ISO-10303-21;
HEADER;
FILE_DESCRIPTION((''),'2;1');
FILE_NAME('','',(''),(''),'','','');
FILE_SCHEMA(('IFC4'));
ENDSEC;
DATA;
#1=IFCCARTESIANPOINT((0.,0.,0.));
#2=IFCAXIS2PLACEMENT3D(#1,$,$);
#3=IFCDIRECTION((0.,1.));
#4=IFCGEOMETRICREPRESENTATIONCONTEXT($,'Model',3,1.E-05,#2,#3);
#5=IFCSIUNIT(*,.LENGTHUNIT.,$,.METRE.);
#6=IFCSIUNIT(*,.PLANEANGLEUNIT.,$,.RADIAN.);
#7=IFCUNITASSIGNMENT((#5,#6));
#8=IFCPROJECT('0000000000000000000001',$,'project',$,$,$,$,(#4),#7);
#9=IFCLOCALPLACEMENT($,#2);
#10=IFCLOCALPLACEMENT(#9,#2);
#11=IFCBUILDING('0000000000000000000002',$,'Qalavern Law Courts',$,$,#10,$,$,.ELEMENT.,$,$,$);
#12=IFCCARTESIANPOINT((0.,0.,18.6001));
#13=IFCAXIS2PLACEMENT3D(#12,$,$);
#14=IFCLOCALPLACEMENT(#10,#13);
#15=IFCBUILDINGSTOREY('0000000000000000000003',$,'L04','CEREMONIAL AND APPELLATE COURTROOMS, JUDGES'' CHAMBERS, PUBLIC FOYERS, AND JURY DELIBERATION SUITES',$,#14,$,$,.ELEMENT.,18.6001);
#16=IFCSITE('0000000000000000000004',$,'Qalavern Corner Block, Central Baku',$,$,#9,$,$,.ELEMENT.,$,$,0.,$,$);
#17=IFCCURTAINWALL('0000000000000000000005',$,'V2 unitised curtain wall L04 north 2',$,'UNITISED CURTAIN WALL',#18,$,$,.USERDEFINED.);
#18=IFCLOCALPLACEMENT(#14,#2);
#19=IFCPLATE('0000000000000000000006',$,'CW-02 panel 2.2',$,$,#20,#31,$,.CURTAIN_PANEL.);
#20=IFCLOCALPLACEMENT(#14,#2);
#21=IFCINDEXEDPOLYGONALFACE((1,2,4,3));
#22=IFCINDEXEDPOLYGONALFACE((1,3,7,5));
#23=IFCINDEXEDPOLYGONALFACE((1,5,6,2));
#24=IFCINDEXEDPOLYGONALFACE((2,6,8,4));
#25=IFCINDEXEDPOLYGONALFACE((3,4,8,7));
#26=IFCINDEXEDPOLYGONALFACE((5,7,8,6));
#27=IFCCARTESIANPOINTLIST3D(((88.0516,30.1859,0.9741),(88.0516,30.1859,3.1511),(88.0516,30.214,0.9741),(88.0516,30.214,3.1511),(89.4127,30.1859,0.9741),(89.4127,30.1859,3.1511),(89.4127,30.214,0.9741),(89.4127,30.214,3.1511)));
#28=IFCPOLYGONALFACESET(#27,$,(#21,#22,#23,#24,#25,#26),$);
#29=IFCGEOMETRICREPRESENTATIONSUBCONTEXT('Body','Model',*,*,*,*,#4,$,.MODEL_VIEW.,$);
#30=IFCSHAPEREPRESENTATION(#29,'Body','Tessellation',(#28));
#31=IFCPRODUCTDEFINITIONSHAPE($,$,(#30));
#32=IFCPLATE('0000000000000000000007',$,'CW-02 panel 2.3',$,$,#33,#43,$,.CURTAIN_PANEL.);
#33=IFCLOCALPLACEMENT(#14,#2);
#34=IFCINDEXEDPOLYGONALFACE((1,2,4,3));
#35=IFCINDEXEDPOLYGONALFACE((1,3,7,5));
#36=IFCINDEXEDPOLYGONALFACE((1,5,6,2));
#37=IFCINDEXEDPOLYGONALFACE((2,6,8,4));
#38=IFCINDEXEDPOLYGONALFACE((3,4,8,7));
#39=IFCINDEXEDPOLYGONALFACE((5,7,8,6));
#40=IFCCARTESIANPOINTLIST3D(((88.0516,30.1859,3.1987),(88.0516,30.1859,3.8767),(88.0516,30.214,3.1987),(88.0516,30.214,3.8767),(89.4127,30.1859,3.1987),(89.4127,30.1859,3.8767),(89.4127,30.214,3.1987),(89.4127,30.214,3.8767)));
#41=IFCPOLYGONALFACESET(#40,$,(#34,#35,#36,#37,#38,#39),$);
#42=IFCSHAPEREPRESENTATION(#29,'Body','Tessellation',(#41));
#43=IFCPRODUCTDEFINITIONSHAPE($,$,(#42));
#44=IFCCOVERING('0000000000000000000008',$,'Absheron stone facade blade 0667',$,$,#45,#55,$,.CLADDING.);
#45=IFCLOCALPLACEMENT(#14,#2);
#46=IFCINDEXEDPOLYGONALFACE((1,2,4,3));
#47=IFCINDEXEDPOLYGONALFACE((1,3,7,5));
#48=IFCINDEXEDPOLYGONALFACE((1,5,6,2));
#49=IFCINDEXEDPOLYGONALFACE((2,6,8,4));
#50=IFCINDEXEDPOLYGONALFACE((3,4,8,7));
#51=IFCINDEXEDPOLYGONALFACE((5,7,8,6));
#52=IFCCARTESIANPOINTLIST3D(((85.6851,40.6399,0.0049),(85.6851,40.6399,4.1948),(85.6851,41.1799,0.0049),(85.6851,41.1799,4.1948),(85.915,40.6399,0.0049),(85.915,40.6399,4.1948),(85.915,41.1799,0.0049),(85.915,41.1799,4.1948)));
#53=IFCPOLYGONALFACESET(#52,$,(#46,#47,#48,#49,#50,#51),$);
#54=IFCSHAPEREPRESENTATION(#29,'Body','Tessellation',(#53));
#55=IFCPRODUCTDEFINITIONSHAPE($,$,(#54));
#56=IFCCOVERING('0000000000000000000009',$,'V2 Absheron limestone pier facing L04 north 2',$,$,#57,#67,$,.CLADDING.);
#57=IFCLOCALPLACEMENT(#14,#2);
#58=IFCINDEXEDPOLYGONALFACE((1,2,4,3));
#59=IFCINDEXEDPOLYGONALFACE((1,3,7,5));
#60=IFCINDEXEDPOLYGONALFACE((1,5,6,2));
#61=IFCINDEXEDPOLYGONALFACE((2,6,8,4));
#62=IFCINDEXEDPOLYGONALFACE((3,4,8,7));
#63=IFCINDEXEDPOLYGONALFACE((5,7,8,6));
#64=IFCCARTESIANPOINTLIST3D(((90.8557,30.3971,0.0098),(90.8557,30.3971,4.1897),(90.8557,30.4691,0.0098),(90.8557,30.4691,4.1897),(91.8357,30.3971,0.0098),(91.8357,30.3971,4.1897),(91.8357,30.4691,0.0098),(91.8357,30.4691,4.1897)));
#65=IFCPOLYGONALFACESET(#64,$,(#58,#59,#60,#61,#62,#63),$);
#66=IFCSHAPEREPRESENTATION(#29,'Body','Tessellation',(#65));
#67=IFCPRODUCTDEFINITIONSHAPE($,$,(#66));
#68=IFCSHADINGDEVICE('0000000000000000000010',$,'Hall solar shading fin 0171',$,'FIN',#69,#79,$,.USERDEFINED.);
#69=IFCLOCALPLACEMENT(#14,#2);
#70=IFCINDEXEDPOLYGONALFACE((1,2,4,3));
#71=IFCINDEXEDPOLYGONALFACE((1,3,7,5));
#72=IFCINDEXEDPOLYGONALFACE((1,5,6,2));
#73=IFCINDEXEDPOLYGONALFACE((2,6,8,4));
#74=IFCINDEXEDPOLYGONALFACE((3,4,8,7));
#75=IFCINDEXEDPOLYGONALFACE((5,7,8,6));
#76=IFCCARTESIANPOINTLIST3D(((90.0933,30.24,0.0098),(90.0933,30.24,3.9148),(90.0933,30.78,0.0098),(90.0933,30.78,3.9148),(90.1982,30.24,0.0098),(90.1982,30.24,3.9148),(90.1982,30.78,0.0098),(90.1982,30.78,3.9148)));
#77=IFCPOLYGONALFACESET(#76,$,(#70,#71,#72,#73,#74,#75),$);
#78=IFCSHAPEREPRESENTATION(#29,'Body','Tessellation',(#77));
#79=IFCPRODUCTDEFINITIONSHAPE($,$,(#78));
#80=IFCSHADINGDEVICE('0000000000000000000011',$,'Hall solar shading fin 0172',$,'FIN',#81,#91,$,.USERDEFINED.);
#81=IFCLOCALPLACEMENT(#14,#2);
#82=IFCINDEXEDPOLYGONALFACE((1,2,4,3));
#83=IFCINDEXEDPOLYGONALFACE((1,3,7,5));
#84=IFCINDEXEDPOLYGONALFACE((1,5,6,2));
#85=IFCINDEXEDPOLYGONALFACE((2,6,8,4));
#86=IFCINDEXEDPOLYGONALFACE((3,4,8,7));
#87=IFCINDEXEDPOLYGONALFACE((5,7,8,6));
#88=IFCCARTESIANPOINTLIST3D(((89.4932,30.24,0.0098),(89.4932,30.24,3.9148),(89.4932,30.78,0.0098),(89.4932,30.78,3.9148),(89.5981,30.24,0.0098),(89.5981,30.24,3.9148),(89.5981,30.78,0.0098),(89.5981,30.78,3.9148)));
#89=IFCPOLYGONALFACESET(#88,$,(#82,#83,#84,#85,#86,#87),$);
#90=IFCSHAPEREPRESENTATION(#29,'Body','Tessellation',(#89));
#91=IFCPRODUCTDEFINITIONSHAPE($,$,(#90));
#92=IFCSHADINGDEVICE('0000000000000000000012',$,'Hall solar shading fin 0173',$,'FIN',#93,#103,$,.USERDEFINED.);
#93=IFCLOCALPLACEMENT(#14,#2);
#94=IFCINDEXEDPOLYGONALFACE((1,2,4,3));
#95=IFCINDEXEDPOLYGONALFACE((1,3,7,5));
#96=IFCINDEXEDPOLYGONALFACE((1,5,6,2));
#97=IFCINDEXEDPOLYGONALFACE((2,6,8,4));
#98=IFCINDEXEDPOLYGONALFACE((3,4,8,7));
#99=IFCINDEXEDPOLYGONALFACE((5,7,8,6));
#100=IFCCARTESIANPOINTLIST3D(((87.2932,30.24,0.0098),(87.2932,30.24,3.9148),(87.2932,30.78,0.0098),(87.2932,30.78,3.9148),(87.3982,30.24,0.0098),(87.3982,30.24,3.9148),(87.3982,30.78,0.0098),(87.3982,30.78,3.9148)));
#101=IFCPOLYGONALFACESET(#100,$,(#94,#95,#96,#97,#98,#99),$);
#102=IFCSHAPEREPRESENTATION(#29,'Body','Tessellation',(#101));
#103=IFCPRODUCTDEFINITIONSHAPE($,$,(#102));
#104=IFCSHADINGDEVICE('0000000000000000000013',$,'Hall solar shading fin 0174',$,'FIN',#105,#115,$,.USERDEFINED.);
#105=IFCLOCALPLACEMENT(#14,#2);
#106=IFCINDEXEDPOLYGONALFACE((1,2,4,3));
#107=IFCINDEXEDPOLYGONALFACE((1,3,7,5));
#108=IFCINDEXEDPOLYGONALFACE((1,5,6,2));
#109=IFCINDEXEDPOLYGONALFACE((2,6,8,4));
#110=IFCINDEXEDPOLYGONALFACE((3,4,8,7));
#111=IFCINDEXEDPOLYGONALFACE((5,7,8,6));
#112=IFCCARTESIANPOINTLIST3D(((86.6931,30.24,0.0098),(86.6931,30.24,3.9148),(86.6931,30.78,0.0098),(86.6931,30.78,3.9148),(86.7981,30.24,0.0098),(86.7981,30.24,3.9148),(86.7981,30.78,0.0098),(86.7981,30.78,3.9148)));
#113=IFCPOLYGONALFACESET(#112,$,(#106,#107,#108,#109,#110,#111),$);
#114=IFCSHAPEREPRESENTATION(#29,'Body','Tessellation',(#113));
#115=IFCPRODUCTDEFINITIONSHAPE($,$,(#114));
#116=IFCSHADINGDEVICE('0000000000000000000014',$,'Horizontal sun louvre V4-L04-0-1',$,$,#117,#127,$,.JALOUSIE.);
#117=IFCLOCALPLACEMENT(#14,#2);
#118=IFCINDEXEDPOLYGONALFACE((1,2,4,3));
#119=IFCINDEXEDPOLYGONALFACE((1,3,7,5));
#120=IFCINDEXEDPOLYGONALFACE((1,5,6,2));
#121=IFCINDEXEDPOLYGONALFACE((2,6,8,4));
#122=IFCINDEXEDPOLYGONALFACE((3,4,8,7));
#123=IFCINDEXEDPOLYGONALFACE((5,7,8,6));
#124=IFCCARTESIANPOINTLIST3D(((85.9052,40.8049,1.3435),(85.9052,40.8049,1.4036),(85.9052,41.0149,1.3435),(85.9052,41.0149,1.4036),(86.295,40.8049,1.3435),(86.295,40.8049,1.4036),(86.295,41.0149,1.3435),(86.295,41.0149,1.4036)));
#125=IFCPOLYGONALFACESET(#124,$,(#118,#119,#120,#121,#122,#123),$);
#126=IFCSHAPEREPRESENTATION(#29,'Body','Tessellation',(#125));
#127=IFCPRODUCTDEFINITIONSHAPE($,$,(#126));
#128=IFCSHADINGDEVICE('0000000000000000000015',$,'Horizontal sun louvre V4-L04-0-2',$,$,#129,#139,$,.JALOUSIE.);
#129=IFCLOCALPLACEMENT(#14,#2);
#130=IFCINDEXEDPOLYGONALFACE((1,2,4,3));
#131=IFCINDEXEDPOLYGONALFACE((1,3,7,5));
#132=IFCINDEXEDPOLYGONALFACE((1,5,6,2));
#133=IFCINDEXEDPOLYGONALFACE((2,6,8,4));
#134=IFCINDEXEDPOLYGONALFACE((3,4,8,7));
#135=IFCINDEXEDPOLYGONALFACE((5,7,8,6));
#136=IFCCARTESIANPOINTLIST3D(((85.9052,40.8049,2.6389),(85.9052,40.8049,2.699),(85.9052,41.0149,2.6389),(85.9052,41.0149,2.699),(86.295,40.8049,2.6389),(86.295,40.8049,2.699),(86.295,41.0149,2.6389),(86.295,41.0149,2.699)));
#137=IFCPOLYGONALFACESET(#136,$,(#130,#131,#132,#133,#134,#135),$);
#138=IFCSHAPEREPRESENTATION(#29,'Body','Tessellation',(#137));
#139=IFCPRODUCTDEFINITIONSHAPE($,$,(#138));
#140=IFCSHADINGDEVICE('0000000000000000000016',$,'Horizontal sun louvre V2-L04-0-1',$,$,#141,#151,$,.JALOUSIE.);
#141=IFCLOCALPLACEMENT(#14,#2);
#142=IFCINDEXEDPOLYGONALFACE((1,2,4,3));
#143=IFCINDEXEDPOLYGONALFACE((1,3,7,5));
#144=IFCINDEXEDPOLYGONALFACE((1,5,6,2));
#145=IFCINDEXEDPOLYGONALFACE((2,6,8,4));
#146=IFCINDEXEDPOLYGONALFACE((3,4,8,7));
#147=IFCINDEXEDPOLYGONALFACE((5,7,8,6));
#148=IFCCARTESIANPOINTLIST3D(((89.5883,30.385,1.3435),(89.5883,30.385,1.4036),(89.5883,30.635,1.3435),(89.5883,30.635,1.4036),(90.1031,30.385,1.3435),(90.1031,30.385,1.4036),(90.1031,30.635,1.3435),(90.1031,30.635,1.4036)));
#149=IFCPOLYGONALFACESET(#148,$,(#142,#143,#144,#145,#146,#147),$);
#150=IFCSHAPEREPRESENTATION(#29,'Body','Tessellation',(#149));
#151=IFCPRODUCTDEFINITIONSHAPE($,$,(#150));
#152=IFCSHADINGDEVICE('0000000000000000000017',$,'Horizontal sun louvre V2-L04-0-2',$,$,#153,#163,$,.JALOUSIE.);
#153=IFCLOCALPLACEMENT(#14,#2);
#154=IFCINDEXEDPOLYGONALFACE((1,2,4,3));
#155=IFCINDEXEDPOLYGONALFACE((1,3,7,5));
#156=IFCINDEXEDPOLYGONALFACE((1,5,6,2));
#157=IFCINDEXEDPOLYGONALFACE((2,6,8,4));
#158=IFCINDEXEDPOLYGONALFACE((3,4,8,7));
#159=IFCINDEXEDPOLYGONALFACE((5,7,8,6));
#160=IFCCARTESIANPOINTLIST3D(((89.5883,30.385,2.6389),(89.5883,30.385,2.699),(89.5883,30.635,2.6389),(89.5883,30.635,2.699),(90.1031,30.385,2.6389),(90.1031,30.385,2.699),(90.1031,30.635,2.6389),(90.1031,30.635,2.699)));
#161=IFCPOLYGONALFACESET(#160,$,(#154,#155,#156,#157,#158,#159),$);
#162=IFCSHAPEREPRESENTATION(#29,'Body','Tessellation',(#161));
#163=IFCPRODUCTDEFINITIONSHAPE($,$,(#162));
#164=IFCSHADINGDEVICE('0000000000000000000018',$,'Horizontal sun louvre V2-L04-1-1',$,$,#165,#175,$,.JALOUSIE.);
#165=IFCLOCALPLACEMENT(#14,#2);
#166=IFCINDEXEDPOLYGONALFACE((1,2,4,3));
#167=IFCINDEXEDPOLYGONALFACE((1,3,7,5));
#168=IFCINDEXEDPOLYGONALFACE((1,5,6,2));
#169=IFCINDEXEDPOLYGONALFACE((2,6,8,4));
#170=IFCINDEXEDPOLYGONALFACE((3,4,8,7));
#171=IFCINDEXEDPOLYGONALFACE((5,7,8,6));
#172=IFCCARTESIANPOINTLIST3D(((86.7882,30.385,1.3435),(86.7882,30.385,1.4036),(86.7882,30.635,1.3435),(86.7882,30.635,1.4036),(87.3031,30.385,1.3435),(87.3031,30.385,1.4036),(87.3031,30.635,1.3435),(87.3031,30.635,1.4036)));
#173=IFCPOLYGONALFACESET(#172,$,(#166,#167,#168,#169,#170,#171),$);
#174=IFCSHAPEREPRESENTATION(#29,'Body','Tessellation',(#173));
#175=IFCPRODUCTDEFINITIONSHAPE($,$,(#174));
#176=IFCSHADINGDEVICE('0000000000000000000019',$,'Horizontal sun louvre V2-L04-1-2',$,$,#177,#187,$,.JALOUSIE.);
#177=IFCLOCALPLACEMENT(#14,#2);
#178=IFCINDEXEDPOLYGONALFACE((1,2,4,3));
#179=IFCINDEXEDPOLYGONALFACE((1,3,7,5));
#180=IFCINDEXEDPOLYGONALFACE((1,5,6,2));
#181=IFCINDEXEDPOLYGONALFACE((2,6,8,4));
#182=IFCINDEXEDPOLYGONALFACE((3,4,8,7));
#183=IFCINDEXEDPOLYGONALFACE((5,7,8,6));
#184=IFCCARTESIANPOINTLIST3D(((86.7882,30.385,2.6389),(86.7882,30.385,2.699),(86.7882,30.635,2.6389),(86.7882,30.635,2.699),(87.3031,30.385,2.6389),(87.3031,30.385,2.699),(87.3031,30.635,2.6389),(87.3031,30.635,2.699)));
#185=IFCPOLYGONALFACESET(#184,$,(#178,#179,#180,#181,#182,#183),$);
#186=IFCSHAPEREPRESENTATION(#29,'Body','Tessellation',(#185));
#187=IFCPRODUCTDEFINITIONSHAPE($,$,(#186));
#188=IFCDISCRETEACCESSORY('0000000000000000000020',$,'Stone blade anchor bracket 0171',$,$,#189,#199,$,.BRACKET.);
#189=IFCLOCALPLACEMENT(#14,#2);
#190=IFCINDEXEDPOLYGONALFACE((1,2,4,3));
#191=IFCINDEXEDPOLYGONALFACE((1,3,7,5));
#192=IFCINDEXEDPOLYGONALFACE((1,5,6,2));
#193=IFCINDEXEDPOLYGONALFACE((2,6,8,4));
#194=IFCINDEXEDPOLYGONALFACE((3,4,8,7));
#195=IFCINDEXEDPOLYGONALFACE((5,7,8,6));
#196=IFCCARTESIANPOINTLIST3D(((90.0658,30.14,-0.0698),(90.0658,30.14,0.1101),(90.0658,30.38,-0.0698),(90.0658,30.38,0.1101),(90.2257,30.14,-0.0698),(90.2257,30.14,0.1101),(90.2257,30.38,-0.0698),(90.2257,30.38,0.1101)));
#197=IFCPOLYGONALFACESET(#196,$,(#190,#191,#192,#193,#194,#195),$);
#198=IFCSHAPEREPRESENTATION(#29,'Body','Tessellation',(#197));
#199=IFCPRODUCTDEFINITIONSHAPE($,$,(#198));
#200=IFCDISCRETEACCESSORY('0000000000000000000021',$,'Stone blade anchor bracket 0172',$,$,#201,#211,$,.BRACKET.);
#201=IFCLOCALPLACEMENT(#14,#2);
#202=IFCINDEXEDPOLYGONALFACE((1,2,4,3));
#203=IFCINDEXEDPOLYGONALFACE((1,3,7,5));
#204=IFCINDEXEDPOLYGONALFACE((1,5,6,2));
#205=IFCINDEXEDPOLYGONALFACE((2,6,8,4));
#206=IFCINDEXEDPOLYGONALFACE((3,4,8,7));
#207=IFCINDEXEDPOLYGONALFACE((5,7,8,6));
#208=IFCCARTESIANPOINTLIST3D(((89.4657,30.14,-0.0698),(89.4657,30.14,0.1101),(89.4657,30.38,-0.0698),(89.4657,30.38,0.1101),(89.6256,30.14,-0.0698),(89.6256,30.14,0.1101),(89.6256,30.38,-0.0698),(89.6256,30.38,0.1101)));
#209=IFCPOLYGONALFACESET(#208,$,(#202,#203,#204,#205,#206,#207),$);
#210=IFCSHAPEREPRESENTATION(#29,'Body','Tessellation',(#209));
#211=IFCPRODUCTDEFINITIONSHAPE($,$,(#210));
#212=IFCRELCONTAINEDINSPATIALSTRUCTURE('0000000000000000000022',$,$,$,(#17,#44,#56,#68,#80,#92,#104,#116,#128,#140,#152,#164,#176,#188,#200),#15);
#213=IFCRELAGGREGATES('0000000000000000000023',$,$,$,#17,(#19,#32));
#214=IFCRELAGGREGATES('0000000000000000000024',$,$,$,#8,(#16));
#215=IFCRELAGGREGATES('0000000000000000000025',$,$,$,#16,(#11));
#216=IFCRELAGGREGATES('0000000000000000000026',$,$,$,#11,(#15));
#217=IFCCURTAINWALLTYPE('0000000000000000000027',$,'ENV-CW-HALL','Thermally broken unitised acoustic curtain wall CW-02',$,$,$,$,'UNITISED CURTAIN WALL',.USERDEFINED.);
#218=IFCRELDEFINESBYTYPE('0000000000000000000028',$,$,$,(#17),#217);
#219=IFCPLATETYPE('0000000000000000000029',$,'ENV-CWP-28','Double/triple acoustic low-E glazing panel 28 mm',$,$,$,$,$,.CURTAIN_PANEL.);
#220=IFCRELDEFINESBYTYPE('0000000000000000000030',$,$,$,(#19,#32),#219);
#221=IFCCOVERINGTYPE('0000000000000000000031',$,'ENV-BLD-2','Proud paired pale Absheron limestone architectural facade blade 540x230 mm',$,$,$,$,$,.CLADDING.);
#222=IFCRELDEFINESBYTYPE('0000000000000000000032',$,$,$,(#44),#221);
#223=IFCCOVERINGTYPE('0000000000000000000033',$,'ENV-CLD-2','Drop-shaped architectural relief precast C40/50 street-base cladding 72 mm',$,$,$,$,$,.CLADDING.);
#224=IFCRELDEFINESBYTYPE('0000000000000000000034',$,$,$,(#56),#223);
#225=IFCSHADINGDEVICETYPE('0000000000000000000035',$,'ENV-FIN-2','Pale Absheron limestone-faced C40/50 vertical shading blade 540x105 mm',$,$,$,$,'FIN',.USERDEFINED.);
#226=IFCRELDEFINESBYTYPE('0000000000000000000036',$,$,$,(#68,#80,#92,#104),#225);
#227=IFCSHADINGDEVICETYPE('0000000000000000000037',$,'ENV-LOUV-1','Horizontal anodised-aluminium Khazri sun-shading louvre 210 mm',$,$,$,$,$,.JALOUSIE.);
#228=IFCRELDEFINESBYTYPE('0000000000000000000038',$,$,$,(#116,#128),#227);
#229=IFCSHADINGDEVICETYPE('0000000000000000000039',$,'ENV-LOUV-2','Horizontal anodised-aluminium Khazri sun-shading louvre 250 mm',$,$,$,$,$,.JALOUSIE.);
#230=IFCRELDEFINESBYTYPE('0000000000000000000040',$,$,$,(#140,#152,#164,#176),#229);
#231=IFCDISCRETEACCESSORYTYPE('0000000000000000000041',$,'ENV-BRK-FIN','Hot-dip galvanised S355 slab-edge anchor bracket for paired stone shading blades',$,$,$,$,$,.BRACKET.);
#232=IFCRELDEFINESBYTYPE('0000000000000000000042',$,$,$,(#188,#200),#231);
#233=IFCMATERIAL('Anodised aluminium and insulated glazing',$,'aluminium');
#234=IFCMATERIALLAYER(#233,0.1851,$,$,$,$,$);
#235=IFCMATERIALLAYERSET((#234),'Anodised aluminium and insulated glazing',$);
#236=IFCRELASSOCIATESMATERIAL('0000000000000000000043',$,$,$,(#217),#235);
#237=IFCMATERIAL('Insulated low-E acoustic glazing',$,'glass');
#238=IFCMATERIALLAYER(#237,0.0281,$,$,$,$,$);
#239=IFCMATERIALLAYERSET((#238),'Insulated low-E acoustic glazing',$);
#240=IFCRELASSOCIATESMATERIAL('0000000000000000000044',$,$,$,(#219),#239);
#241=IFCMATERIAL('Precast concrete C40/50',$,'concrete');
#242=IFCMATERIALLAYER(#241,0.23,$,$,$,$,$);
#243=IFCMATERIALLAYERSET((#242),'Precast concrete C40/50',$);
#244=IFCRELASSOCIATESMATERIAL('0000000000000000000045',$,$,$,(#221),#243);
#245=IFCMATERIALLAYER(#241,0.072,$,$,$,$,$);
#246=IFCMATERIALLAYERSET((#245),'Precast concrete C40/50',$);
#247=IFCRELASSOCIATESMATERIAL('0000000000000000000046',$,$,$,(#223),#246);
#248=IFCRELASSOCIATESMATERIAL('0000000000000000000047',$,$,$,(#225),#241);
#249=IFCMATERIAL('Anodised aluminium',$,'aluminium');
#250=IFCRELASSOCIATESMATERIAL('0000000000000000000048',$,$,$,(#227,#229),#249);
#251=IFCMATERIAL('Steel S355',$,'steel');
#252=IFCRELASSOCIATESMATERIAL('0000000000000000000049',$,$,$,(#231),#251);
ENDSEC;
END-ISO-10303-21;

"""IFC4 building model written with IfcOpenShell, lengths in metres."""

from ifc_helpers import new_model, si_unit, direction, frame, origin, origin_2d, place, context, subcontext, project, spatial, rectangle, extrude, material, layer, layer_set, type_object, element, aggregate, save


model = new_model("IFC4")

# Units and contexts
model_context = context("Model", 3, precision=1e-05, world=origin(), true_north=direction((0.0, 1.0)))
body_context = subcontext(model_context, "Body", "Model", "MODEL_VIEW")
ifc_project = project(units=[si_unit("LENGTHUNIT", "METRE"), si_unit("PLANEANGLEUNIT", "RADIAN")], contexts=[model_context])

# Site, building, storey
site_placement = place(None, origin())
site = spatial("IfcSite", under=ifc_project, at=site_placement, Name="Qalavern Corner Block, Central Baku", CompositionType="ELEMENT", RefElevation=0.0)
building_placement = place(site_placement, origin())
building = spatial("IfcBuilding", under=site, at=building_placement, Name="Qalavern Law Courts", CompositionType="ELEMENT")
storey_placement = place(building_placement, frame((0.0, 0.0, 18.6001)))
storey = spatial("IfcBuildingStorey", under=building, at=storey_placement, Name="L04", Description="CEREMONIAL AND APPELLATE COURTROOMS, JUDGES' CHAMBERS, PUBLIC FOYERS, AND JURY DELIBERATION SUITES", CompositionType="ELEMENT", Elevation=18.6001)

# Curtain wall
ifc_material_1 = material(Name="Anodised aluminium and insulated glazing", Category="aluminium")
ifc_layer_1 = layer(ifc_material_1, 0.1851)
ifc_layer_set_1 = layer_set([ifc_layer_1], Name="Anodised aluminium and insulated glazing")
curtain_wall_type = type_object("IfcCurtainWallType", Name="ENV-CW-HALL", Description="Thermally broken unitised acoustic curtain wall CW-02", ElementType="UNITISED CURTAIN WALL", PredefinedType="USERDEFINED", material=ifc_layer_set_1)
curtain_wall_placement = place(storey_placement, origin())
curtain_wall = element("IfcCurtainWall", 1, at=curtain_wall_placement, inside=storey, type_object=curtain_wall_type, Name="V2 unitised curtain wall L04 north 2", ObjectType="UNITISED CURTAIN WALL", PredefinedType="USERDEFINED")
ifc_material_2 = material(Name="Anodised aluminium", Category="aluminium")

# Shared definitions
ifc_material_3 = material(Name="Steel S355", Category="steel")

# Plates
ifc_material_4 = material(Name="Insulated low-E acoustic glazing", Category="glass")
ifc_layer_2 = layer(ifc_material_4, 0.0281)
ifc_layer_set_2 = layer_set([ifc_layer_2], Name="Insulated low-E acoustic glazing")
plate_type = type_object("IfcPlateType", Name="ENV-CWP-28", Description="Double/triple acoustic low-E glazing panel 28 mm", PredefinedType="CURTAIN_PANEL", material=ifc_layer_set_2)
plate_1_placement = place(storey_placement, frame((88.7322, 30.2, 0.9741), z_axis=(0.0, 0.0, 1.0), x_axis=(-1.0, 0.0, 0.0)))
plate_1 = element("IfcPlate", 2, at=plate_1_placement, type_object=plate_type, Name="CW-02 panel 2.2", PredefinedType="CURTAIN_PANEL", context=body_context, shape_type="SweptSolid", body=[
    extrude(rectangle(XDim=1.3611, YDim=0.0281, at=origin_2d()), origin(), (0.0, 0.0, 1.0), 2.177),
])
plate_2_placement = place(storey_placement, frame((88.7322, 30.2, 3.1987), z_axis=(0.0, 0.0, 1.0), x_axis=(-1.0, 0.0, 0.0)))
plate_2 = element("IfcPlate", 3, at=plate_2_placement, type_object=plate_type, Name="CW-02 panel 2.3", PredefinedType="CURTAIN_PANEL", context=body_context, shape_type="SweptSolid", body=[
    extrude(rectangle(XDim=1.3611, YDim=0.0281, at=origin_2d()), origin(), (0.0, 0.0, 1.0), 0.678),
])
aggregate(curtain_wall, [plate_1, plate_2])

# Coverings
ifc_material_5 = material(Name="Precast concrete C40/50", Category="concrete")
ifc_layer_3 = layer(ifc_material_5, 0.23)
ifc_layer_set_3 = layer_set([ifc_layer_3], Name="Precast concrete C40/50")
covering_type_1 = type_object("IfcCoveringType", Name="ENV-BLD-2", Description="Proud paired pale Absheron limestone architectural facade blade 540x230 mm", PredefinedType="CLADDING", material=ifc_layer_set_3)
covering_1_placement = place(storey_placement, frame((85.8, 40.9099, 0.0049), z_axis=(0.0, 0.0, 1.0), x_axis=(0.0, -1.0, 0.0)))
element("IfcCovering", 4, at=covering_1_placement, inside=storey, type_object=covering_type_1, Name="Absheron stone facade blade 0667", PredefinedType="CLADDING", context=body_context, shape_type="SweptSolid", body=[
    extrude(rectangle(XDim=0.54, YDim=0.23, at=origin_2d()), origin(), (0.0, 0.0, 1.0), 4.1899),
])
ifc_layer_4 = layer(ifc_material_5, 0.072)
ifc_layer_set_4 = layer_set([ifc_layer_4], Name="Precast concrete C40/50")
covering_type_2 = type_object("IfcCoveringType", Name="ENV-CLD-2", Description="Drop-shaped architectural relief precast C40/50 street-base cladding 72 mm", PredefinedType="CLADDING", material=ifc_layer_set_4)
covering_2_placement = place(storey_placement, frame((91.3457, 30.4331, 0.0098), z_axis=(0.0, 0.0, 1.0), x_axis=(-1.0, 0.0, 0.0)))
element("IfcCovering", 5, at=covering_2_placement, inside=storey, type_object=covering_type_2, Name="V2 Absheron limestone pier facing L04 north 2", PredefinedType="CLADDING", context=body_context, shape_type="SweptSolid", body=[
    extrude(rectangle(XDim=0.98, YDim=0.072, at=origin_2d()), origin(), (0.0, 0.0, 1.0), 4.1799),
])

# Shading devices
shading_device_type_1 = type_object("IfcShadingDeviceType", Name="ENV-FIN-2", Description="Pale Absheron limestone-faced C40/50 vertical shading blade 540x105 mm", ElementType="FIN", PredefinedType="USERDEFINED", material=ifc_material_5)
for number, where, z_axis, x_axis, name in (
    (6, (90.1458, 30.51, 0.0098), (0.0, 0.0, 1.0), (0.0, 1.0, 0.0), "Hall solar shading fin 0171"),
    (7, (89.5457, 30.51, 0.0098), (0.0, 0.0, 1.0), (0.0, 1.0, 0.0), "Hall solar shading fin 0172"),
    (8, (87.3457, 30.51, 0.0098), (0.0, 0.0, 1.0), (0.0, 1.0, 0.0), "Hall solar shading fin 0173"),
    (9, (86.7456, 30.51, 0.0098), (0.0, 0.0, 1.0), (0.0, 1.0, 0.0), "Hall solar shading fin 0174"),
):
    element("IfcShadingDevice", number, at=place(storey_placement, frame(where, z_axis=z_axis, x_axis=x_axis)), inside=storey, type_object=shading_device_type_1, Name=name, ObjectType="FIN", PredefinedType="USERDEFINED", context=body_context, shape_type="SweptSolid", body=[
        extrude(rectangle(XDim=0.54, YDim=0.105, at=origin_2d()), origin(), (0.0, 0.0, 1.0), 3.905),
    ])
shading_device_type_2 = type_object("IfcShadingDeviceType", Name="ENV-LOUV-1", Description="Horizontal anodised-aluminium Khazri sun-shading louvre 210 mm", PredefinedType="JALOUSIE", material=ifc_material_2)
for number, where, z_axis, x_axis, name in (
    (10, (86.1001, 40.9099, 1.3435), (0.0, 0.0, 1.0), (1.0, 0.0, 0.0), "Horizontal sun louvre V4-L04-0-1"),
    (11, (86.1001, 40.9099, 2.6389), (0.0, 0.0, 1.0), (1.0, 0.0, 0.0), "Horizontal sun louvre V4-L04-0-2"),
):
    element("IfcShadingDevice", number, at=place(storey_placement, frame(where, z_axis=z_axis, x_axis=x_axis)), inside=storey, type_object=shading_device_type_2, Name=name, PredefinedType="JALOUSIE", context=body_context, shape_type="SweptSolid", body=[
        extrude(rectangle(XDim=0.3899, YDim=0.21, at=origin_2d()), origin(), (0.0, 0.0, 1.0), 0.0601),
    ])
shading_device_type_3 = type_object("IfcShadingDeviceType", Name="ENV-LOUV-2", Description="Horizontal anodised-aluminium Khazri sun-shading louvre 250 mm", PredefinedType="JALOUSIE", material=ifc_material_2)
for number, where, z_axis, x_axis, name in (
    (12, (89.8457, 30.51, 1.3435), (0.0, 0.0, 1.0), (-1.0, 0.0, 0.0), "Horizontal sun louvre V2-L04-0-1"),
    (13, (89.8457, 30.51, 2.6389), (0.0, 0.0, 1.0), (-1.0, 0.0, 0.0), "Horizontal sun louvre V2-L04-0-2"),
    (14, (87.0457, 30.51, 1.3435), (0.0, 0.0, 1.0), (-1.0, 0.0, 0.0), "Horizontal sun louvre V2-L04-1-1"),
    (15, (87.0457, 30.51, 2.6389), (0.0, 0.0, 1.0), (-1.0, 0.0, 0.0), "Horizontal sun louvre V2-L04-1-2"),
):
    element("IfcShadingDevice", number, at=place(storey_placement, frame(where, z_axis=z_axis, x_axis=x_axis)), inside=storey, type_object=shading_device_type_3, Name=name, PredefinedType="JALOUSIE", context=body_context, shape_type="SweptSolid", body=[
        extrude(rectangle(XDim=0.5149, YDim=0.25, at=origin_2d()), origin(), (0.0, 0.0, 1.0), 0.0601),
    ])

# Discrete accessories
discrete_accessory_type = type_object("IfcDiscreteAccessoryType", Name="ENV-BRK-FIN", Description="Hot-dip galvanised S355 slab-edge anchor bracket for paired stone shading blades", PredefinedType="BRACKET", material=ifc_material_3)
for number, where, z_axis, x_axis, name in (
    (16, (90.1458, 30.26, -0.0698), (0.0, 0.0, 1.0), (0.0, 1.0, 0.0), "Stone blade anchor bracket 0171"),
    (17, (89.5457, 30.26, -0.0698), (0.0, 0.0, 1.0), (0.0, 1.0, 0.0), "Stone blade anchor bracket 0172"),
):
    element("IfcDiscreteAccessory", number, at=place(storey_placement, frame(where, z_axis=z_axis, x_axis=x_axis)), inside=storey, type_object=discrete_accessory_type, Name=name, PredefinedType="BRACKET", context=body_context, shape_type="SweptSolid", body=[
        extrude(rectangle(XDim=0.24, YDim=0.1599, at=origin_2d()), origin(), (0.0, 0.0, 1.0), 0.1799),
    ])

save(model, "model.ifc")
